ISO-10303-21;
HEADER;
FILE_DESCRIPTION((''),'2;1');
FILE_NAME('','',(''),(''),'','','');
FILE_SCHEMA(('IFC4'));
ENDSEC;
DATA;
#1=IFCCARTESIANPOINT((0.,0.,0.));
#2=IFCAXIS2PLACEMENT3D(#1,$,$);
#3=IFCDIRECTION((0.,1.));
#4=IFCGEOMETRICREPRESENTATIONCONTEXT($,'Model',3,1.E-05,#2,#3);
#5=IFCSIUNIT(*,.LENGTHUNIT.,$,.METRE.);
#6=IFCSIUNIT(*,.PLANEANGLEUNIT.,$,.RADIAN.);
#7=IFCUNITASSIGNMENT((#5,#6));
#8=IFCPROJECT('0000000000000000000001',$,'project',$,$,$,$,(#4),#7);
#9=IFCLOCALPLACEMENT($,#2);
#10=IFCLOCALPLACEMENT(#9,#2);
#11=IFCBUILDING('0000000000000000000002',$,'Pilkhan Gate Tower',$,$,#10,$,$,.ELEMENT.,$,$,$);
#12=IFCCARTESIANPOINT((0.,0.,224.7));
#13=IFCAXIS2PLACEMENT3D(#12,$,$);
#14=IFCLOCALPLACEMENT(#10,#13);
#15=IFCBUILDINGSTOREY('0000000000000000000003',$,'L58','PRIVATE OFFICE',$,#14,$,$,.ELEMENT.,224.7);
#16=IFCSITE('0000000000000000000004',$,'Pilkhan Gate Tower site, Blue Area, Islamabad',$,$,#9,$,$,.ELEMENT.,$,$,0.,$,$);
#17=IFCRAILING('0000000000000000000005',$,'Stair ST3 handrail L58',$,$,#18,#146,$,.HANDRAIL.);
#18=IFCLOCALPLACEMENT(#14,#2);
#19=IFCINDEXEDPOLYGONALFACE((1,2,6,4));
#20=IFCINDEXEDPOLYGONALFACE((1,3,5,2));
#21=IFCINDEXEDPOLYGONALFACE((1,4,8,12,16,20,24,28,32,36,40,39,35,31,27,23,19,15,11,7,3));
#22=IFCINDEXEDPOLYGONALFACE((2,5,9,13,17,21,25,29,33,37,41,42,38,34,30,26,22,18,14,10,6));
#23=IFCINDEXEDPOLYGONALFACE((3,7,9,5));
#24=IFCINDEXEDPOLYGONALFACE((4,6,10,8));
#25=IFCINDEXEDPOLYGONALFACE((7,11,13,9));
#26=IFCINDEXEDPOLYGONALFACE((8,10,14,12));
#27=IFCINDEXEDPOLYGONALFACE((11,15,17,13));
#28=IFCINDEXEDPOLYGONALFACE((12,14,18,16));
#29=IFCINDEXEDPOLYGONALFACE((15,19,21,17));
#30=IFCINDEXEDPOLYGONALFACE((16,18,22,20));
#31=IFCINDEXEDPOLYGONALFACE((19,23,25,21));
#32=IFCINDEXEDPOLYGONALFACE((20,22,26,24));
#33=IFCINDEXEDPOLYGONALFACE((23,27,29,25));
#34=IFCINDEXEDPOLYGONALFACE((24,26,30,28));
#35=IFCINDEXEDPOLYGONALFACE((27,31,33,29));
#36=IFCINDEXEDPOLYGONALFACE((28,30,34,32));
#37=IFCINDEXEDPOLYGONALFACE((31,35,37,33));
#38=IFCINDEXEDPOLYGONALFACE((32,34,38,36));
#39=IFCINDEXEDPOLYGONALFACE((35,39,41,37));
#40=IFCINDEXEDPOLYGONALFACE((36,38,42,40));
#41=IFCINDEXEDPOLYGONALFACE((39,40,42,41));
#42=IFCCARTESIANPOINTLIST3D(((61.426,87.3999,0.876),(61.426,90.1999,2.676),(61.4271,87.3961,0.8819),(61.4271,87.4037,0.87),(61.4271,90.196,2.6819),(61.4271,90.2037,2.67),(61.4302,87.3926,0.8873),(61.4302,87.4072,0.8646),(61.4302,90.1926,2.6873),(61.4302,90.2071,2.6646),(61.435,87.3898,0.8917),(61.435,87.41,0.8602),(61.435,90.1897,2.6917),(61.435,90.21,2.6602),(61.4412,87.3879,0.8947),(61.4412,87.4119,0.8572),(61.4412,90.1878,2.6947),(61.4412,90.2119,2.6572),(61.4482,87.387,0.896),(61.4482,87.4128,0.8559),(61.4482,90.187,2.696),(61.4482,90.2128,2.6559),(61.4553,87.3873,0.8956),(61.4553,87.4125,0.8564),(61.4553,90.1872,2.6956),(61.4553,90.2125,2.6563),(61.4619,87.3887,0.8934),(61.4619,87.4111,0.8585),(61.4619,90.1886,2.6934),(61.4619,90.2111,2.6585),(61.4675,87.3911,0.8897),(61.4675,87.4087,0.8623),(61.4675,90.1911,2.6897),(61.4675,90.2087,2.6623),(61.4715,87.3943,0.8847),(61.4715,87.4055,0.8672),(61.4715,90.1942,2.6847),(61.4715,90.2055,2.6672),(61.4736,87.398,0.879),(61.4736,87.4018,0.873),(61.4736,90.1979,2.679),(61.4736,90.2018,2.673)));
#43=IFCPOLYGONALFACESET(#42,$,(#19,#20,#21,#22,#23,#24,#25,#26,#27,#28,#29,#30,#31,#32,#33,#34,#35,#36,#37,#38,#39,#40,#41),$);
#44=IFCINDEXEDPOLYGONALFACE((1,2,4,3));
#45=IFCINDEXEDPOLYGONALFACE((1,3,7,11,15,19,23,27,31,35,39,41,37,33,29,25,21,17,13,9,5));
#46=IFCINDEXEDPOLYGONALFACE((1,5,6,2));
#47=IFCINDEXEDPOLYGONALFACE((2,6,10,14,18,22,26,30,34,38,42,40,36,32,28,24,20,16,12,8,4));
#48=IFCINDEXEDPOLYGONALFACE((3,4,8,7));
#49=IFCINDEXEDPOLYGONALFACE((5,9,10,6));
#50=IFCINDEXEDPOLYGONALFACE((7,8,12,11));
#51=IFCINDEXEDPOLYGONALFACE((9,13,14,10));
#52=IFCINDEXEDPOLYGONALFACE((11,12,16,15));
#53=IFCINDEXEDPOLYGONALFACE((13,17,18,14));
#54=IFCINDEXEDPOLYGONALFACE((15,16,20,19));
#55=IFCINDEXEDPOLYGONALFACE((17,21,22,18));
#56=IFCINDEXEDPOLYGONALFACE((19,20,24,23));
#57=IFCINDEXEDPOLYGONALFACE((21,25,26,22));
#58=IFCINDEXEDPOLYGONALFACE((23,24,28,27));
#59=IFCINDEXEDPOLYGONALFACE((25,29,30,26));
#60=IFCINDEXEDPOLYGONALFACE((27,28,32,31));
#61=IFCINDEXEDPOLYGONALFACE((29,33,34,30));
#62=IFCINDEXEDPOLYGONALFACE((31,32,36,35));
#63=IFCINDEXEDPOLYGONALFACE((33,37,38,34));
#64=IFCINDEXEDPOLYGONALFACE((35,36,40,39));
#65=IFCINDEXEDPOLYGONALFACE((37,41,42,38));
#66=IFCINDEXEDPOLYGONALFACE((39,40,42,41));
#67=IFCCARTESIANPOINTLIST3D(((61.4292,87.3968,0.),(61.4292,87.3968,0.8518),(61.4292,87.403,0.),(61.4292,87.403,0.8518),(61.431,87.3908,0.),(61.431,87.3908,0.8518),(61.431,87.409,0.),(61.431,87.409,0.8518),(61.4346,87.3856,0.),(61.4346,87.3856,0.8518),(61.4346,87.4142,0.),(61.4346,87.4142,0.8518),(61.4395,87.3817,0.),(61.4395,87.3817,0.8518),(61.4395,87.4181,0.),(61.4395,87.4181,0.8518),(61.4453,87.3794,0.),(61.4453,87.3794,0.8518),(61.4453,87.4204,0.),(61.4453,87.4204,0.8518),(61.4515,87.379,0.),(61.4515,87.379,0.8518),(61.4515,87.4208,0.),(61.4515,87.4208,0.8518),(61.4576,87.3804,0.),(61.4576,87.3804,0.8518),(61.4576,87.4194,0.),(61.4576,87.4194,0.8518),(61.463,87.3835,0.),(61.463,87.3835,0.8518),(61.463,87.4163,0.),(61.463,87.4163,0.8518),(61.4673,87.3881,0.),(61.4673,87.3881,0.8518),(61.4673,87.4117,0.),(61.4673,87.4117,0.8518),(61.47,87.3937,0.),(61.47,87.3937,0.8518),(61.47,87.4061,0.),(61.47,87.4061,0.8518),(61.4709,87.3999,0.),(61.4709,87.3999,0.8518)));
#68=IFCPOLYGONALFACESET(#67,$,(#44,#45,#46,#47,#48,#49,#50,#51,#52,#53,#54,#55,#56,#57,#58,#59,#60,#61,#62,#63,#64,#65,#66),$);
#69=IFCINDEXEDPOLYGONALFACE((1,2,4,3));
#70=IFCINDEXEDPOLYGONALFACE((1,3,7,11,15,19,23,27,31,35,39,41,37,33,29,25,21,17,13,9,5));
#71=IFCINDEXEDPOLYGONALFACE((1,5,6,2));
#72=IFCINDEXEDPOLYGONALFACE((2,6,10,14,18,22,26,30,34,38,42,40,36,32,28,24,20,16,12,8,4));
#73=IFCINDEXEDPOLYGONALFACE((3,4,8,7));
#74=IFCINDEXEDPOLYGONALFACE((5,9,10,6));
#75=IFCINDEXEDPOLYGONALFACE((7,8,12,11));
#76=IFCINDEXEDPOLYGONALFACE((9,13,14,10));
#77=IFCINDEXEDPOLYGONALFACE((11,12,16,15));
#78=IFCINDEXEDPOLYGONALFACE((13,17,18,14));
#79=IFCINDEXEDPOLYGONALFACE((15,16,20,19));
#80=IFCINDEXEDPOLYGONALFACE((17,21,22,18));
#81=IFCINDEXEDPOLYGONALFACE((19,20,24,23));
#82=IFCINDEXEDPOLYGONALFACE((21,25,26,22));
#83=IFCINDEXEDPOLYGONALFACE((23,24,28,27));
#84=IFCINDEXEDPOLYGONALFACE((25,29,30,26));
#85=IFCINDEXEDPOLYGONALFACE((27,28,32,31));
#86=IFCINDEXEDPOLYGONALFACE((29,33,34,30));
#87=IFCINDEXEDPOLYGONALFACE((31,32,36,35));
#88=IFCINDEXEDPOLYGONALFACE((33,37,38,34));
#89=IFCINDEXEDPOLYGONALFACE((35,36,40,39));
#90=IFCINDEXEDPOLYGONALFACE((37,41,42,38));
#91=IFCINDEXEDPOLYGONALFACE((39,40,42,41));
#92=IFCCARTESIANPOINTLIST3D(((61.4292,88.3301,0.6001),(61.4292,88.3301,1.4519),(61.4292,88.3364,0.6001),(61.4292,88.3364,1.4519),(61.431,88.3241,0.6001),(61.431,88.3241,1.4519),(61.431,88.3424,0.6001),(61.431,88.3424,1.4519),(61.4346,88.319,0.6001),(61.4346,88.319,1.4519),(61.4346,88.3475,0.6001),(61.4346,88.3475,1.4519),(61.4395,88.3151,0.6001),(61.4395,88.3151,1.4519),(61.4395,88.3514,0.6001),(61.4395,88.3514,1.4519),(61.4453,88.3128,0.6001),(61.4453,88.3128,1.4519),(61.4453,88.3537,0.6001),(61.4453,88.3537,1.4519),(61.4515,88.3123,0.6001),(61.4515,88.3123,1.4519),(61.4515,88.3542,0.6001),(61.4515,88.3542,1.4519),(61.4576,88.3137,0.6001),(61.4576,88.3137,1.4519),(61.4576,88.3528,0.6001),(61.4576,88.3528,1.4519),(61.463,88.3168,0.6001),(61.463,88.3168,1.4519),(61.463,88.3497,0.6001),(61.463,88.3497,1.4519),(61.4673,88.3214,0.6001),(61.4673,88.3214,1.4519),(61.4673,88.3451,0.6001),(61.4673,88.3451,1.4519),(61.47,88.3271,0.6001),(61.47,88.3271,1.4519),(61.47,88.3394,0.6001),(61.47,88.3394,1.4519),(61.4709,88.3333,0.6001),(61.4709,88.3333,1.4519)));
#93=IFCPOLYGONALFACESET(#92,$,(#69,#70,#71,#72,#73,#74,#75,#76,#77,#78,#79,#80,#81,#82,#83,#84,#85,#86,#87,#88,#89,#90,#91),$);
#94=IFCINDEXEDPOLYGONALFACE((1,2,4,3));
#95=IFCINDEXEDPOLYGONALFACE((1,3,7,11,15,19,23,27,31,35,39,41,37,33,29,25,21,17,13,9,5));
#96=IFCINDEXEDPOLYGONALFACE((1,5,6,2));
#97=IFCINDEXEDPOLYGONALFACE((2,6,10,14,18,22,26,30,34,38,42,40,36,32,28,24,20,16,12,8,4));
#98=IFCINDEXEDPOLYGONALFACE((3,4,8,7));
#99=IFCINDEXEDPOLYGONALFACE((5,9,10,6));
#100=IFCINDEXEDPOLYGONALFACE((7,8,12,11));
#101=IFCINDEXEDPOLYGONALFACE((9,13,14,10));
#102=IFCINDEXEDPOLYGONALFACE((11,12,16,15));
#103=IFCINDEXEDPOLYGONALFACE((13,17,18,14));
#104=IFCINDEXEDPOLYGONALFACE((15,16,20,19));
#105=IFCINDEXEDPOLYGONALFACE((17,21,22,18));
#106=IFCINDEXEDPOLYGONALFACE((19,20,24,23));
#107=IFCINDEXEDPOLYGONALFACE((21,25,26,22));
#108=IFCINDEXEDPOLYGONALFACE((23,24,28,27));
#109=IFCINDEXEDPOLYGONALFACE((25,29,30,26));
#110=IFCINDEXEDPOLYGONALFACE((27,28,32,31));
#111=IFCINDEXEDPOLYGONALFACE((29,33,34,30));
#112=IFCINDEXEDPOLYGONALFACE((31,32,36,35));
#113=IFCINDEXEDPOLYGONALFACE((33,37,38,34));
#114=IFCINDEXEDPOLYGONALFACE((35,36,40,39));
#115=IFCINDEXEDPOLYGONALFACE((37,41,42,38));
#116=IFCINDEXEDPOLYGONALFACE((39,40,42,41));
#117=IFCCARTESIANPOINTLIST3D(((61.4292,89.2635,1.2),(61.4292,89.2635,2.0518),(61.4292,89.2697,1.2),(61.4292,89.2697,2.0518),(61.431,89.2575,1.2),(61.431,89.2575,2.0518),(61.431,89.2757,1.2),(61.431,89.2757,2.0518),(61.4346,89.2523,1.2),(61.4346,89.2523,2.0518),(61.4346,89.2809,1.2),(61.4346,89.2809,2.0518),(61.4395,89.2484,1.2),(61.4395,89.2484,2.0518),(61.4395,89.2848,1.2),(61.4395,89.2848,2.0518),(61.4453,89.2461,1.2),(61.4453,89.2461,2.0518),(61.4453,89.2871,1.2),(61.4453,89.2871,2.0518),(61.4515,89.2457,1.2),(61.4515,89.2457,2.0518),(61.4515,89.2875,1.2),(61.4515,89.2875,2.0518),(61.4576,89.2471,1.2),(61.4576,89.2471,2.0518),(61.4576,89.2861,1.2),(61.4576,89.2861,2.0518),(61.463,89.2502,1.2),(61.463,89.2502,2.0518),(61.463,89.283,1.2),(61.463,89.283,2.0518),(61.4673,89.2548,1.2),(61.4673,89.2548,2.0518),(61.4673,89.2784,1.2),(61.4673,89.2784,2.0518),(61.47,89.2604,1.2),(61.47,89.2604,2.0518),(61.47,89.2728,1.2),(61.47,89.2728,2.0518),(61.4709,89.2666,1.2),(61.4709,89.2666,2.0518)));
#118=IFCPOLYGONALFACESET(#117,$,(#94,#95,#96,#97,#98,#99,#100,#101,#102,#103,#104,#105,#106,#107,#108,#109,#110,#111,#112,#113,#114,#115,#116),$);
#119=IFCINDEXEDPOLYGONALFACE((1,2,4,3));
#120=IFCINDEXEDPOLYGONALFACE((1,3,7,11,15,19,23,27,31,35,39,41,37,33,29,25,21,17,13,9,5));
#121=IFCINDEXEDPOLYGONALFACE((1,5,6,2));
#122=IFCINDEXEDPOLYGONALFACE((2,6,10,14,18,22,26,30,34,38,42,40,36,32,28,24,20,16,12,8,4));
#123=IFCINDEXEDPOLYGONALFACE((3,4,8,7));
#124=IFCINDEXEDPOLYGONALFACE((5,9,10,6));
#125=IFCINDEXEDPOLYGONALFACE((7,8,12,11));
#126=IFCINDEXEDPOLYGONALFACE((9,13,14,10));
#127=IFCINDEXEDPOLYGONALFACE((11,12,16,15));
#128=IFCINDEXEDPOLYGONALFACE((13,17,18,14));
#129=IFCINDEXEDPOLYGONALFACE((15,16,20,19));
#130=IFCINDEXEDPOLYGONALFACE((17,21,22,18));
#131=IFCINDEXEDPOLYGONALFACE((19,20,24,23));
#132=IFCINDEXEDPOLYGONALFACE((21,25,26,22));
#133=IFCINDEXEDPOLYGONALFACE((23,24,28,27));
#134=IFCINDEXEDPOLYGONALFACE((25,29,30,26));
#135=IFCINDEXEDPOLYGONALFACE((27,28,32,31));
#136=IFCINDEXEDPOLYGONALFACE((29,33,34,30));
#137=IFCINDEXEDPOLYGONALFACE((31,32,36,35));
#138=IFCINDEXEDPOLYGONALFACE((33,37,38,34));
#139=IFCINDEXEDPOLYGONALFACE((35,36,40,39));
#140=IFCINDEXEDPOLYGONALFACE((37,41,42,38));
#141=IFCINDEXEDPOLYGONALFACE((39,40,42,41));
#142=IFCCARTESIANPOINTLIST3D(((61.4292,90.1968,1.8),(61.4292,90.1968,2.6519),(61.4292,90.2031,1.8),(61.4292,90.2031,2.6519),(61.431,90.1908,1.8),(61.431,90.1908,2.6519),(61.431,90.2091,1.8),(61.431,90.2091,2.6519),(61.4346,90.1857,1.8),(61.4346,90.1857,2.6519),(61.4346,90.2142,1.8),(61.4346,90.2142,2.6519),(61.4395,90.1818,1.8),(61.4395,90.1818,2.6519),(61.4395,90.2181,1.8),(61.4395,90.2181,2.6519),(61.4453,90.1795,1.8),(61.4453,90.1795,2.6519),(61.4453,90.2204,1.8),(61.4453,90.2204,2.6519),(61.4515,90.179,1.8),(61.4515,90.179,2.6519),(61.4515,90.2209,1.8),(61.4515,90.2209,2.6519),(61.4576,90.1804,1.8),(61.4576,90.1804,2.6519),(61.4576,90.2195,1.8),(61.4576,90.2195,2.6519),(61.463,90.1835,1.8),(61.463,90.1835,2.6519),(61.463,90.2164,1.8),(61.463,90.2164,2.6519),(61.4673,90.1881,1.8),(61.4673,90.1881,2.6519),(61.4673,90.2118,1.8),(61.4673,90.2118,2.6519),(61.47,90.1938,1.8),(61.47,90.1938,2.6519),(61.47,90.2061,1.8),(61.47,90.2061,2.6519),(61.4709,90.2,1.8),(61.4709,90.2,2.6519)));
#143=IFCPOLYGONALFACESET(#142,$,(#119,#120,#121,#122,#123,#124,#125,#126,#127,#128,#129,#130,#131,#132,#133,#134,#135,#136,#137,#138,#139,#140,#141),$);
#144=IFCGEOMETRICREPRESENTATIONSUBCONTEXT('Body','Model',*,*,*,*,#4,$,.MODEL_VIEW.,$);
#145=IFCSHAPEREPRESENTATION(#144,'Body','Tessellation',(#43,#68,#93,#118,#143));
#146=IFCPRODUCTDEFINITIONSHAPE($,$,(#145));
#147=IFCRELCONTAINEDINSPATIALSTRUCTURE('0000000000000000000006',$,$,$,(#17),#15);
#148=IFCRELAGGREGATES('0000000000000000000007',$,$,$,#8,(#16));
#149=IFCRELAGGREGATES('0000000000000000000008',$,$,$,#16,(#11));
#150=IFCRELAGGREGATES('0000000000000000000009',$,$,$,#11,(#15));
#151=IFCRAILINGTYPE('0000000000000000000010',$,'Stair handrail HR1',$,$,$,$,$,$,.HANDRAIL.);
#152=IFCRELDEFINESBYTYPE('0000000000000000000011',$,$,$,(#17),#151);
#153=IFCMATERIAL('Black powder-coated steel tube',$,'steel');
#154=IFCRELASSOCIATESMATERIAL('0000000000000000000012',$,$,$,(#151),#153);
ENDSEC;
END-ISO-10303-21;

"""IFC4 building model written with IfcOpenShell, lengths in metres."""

from ifc_helpers import new_model, si_unit, direction, frame, origin, origin_2d, place, context, subcontext, project, spatial, circle, extrude, material, type_object, element, save


model = new_model("IFC4")

# Units and contexts
model_context = context("Model", 3, precision=1e-05, world=origin(), true_north=direction((0.0, 1.0)))
body_context = subcontext(model_context, "Body", "Model", "MODEL_VIEW")
ifc_project = project(units=[si_unit("LENGTHUNIT", "METRE"), si_unit("PLANEANGLEUNIT", "RADIAN")], contexts=[model_context])

# Site, building, storey
site_placement = place(None, origin())
site = spatial("IfcSite", under=ifc_project, at=site_placement, Name="Pilkhan Gate Tower site, Blue Area, Islamabad", CompositionType="ELEMENT", RefElevation=0.0)
building_placement = place(site_placement, origin())
building = spatial("IfcBuilding", under=site, at=building_placement, Name="Pilkhan Gate Tower", CompositionType="ELEMENT")
storey_placement = place(building_placement, frame((0.0, 0.0, 224.7)))
storey = spatial("IfcBuildingStorey", under=building, at=storey_placement, Name="L58", Description="PRIVATE OFFICE", CompositionType="ELEMENT", Elevation=224.7)

# Railing
ifc_material_1 = material(Name="Black powder-coated steel tube", Category="steel")
railing_type_1 = type_object("IfcRailingType", Name="Stair handrail HR1", PredefinedType="HANDRAIL", material=ifc_material_1)
for number, where, name in (
    (1, (61.45, 87.3999, 0.0), "Stair ST3 handrail L58"),
):
    element("IfcRailing", number, at=place(storey_placement, frame(where)), inside=storey, type_object=railing_type_1, Name=name, PredefinedType="HANDRAIL", context=body_context, shape_type="SweptSolid", body=[
        extrude(circle(Radius=0.0239, at=origin_2d()), frame((0.0, 0.0, 0.876), z_axis=(0.0, 0.841176, 0.540761), x_axis=(-1.0, 0.0, 0.0)), (0.0, 0.0, 1.0), 3.3286),
        extrude(circle(Radius=0.021, at=origin_2d()), origin(), (0.0, 0.0, 1.0), 0.8518),
        extrude(circle(Radius=0.021, at=origin_2d()), frame((0.0, 0.9333, 0.6001)), (0.0, 0.0, 1.0), 0.8518),
        extrude(circle(Radius=0.021, at=origin_2d()), frame((0.0, 1.8667, 1.2)), (0.0, 0.0, 1.0), 0.8518),
        extrude(circle(Radius=0.021, at=origin_2d()), frame((0.0, 2.8, 1.8)), (0.0, 0.0, 1.0), 0.8518),
    ])

save(model, "model.ifc")
